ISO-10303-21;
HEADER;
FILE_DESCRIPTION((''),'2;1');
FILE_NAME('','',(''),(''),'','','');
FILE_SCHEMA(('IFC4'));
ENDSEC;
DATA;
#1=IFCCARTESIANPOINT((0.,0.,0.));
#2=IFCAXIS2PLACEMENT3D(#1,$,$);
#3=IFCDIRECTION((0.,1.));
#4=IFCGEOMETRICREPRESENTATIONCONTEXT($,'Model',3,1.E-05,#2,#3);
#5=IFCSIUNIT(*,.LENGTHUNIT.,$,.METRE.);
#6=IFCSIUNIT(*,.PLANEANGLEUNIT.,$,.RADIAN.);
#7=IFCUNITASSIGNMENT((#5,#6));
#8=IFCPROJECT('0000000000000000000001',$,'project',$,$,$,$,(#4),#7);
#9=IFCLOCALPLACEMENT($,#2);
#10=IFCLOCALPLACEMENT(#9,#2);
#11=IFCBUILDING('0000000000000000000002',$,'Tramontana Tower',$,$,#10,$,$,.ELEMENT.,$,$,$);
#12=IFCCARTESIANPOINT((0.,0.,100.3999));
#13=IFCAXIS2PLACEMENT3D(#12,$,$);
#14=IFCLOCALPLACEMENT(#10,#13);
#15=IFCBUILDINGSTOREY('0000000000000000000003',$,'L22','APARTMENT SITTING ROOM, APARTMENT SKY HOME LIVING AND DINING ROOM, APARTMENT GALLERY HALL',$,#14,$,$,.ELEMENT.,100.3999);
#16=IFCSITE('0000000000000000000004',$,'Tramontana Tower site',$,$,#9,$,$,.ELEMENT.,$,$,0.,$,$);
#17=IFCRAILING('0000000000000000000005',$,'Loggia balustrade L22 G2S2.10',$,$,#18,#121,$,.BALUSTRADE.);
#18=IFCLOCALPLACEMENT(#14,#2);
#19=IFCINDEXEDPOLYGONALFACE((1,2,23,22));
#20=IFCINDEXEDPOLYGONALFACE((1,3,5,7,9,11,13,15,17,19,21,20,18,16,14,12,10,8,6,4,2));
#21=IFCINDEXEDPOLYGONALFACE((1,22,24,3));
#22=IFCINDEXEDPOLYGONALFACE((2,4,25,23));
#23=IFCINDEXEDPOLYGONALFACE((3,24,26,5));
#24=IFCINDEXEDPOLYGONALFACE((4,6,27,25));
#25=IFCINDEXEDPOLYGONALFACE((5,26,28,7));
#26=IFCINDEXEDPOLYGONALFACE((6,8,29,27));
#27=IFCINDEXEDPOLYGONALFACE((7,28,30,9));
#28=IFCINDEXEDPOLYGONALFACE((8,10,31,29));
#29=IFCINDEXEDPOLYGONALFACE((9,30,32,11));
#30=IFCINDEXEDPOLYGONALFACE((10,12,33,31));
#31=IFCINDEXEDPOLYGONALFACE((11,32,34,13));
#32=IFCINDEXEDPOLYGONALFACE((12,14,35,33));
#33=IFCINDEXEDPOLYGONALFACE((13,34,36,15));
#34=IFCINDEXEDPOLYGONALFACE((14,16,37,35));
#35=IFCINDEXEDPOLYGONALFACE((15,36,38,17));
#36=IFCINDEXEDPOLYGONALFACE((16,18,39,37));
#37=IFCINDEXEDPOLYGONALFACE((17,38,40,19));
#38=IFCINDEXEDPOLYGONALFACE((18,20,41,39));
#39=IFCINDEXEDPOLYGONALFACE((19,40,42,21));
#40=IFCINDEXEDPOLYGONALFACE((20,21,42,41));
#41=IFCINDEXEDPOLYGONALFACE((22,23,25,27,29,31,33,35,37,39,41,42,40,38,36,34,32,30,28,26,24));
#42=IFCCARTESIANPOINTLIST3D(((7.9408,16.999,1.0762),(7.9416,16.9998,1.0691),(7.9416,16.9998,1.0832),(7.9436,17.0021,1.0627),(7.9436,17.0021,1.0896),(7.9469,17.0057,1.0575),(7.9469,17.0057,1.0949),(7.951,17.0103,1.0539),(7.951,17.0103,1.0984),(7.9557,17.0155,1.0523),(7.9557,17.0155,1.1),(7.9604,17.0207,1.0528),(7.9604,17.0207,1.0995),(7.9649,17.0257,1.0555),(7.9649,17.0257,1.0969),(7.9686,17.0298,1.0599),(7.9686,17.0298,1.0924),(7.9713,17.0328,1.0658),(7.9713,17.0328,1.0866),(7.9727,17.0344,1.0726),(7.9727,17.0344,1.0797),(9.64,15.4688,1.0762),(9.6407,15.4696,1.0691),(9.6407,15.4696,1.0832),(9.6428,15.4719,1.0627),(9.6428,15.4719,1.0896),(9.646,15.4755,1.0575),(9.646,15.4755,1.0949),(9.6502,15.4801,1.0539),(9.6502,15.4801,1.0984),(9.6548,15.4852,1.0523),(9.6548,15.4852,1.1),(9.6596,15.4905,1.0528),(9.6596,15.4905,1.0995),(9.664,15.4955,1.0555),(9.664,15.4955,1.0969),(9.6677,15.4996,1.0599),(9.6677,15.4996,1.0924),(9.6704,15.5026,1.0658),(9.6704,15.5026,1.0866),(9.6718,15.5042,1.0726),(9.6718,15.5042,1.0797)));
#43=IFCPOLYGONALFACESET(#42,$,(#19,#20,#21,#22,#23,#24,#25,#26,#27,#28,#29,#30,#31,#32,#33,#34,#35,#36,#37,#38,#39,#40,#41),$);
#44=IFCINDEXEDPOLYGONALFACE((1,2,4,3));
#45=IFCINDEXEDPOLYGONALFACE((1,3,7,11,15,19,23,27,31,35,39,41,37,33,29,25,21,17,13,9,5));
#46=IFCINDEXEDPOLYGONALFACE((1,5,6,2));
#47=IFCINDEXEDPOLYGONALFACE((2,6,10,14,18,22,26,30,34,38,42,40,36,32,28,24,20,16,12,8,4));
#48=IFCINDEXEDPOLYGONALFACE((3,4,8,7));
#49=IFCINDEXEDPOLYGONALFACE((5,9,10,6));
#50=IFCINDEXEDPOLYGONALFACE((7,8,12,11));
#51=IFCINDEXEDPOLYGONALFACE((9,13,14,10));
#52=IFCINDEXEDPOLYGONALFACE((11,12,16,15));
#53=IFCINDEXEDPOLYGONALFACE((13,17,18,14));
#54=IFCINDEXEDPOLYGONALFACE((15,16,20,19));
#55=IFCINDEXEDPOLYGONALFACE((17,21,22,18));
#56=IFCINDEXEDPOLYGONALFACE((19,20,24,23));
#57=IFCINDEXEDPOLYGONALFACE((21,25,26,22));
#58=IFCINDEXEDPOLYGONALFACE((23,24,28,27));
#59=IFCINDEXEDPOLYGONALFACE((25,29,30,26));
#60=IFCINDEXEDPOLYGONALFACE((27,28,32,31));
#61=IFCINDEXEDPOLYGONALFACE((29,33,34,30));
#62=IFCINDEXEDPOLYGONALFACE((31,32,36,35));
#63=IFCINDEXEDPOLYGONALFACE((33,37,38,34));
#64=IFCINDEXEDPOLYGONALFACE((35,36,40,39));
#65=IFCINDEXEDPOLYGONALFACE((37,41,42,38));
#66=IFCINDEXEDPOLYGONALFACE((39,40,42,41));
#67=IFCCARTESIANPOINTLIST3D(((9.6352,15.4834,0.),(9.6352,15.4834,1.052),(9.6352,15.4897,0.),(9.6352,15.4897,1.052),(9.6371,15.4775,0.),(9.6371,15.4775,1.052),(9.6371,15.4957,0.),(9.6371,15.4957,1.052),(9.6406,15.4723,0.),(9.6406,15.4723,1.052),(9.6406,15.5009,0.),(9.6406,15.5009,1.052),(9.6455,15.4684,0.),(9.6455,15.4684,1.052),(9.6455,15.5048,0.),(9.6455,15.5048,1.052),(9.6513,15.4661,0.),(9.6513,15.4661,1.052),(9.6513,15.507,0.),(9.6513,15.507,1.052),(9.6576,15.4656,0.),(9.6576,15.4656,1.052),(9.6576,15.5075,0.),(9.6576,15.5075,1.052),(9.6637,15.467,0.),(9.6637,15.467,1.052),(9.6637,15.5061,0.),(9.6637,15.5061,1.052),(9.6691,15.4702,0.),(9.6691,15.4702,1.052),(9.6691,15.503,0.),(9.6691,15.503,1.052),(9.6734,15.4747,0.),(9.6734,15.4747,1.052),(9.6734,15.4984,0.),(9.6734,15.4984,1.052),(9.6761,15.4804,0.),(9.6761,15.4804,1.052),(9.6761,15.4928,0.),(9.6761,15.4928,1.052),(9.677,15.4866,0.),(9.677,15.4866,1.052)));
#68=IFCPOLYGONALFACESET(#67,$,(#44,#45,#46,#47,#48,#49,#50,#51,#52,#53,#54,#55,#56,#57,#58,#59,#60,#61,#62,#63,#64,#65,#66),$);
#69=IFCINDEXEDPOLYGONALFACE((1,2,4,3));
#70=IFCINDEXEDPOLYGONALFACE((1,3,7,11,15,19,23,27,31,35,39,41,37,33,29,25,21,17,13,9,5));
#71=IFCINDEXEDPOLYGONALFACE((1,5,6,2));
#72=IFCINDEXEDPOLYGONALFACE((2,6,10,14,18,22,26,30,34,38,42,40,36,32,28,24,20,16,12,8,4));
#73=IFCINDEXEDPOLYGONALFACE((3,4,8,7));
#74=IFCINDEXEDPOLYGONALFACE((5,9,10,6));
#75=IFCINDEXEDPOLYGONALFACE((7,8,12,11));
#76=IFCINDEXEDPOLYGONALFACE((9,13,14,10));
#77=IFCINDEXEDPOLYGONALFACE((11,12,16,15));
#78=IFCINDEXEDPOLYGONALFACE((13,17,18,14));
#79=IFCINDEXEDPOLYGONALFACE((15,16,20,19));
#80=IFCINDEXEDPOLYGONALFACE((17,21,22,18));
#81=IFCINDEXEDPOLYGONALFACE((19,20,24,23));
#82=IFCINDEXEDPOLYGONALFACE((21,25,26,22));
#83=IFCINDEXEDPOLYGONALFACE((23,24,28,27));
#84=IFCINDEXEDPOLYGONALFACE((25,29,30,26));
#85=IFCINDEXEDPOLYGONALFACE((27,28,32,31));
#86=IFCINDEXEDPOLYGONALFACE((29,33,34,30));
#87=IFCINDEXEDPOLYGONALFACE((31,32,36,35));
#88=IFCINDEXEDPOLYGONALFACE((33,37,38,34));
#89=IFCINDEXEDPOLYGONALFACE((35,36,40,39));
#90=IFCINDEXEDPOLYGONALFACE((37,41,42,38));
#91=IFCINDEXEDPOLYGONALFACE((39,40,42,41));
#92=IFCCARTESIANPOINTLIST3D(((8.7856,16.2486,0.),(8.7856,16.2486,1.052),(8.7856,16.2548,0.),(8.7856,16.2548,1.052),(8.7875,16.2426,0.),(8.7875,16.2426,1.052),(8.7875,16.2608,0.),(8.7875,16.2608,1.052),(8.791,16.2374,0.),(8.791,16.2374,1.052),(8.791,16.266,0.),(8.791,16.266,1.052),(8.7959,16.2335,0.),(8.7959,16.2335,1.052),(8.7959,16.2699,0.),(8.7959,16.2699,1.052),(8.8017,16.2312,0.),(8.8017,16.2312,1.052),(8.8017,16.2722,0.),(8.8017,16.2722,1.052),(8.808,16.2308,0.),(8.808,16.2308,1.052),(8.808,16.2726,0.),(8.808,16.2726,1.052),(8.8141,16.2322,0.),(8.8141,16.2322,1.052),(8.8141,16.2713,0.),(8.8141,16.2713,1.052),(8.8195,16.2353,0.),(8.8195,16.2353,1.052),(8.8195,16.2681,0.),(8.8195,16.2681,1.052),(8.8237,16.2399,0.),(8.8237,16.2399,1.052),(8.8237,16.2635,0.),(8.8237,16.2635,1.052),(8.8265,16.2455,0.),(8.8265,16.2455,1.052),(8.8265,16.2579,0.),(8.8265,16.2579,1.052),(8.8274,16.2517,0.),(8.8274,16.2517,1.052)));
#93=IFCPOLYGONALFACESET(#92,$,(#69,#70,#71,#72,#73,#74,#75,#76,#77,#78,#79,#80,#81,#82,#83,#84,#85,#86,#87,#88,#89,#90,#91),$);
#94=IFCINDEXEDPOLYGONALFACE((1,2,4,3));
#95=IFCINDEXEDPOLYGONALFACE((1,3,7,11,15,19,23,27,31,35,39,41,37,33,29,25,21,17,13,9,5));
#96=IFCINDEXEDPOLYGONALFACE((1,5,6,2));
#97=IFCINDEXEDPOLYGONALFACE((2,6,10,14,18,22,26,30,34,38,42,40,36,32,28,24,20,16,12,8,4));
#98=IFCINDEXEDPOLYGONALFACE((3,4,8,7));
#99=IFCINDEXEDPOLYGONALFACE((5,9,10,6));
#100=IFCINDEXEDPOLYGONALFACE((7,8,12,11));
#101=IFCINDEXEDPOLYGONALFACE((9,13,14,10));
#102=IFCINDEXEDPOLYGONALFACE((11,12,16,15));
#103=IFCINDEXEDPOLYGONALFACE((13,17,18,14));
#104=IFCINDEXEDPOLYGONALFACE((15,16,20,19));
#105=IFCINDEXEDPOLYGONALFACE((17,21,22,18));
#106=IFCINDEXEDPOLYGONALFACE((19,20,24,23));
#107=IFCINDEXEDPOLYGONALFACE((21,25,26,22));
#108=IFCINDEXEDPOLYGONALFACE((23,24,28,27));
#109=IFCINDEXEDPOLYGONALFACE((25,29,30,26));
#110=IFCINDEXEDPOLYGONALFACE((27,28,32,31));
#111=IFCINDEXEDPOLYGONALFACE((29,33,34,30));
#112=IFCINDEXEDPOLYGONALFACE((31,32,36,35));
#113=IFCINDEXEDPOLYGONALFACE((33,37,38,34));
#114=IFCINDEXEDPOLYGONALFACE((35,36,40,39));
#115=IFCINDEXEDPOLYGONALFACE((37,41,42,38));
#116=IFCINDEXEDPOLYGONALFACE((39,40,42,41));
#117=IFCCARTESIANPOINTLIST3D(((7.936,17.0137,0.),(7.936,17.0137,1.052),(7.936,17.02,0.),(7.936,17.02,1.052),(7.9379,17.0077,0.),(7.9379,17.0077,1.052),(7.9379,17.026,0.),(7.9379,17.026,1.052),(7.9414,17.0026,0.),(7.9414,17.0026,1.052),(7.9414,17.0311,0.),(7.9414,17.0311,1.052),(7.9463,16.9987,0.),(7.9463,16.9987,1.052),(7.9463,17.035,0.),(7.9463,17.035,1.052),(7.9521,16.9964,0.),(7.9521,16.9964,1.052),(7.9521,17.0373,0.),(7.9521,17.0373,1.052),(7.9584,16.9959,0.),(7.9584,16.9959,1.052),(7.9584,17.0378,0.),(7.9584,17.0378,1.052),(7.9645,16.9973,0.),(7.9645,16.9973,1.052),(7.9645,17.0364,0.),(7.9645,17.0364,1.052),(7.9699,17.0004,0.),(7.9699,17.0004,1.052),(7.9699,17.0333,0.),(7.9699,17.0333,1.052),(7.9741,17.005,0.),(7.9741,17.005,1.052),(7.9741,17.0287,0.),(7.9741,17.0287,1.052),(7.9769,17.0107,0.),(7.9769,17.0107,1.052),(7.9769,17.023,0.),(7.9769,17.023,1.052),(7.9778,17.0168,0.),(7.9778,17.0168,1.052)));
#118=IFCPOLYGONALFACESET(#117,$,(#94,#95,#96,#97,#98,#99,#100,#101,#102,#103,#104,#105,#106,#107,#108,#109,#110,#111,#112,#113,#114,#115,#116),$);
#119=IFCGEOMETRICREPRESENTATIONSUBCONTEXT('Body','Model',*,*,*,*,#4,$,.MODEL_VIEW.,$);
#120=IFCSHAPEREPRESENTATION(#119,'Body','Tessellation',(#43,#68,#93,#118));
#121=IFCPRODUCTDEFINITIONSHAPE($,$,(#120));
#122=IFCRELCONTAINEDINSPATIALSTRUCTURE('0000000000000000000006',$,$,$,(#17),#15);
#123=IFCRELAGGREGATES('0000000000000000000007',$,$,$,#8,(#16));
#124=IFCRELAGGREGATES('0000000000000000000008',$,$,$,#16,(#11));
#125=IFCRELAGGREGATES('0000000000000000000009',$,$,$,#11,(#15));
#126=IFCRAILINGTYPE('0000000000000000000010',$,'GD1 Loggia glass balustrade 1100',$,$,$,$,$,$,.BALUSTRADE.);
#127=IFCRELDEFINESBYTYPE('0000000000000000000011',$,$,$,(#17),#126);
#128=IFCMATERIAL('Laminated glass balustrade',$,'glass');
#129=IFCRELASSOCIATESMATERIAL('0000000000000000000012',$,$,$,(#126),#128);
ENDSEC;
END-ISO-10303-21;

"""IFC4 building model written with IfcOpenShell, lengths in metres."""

from ifc_helpers import new_model, si_unit, direction, frame, origin, origin_2d, place, context, subcontext, project, spatial, circle, extrude, material, type_object, element, save


model = new_model("IFC4")

# Units and contexts
model_context = context("Model", 3, precision=1e-05, world=origin(), true_north=direction((0.0, 1.0)))
body_context = subcontext(model_context, "Body", "Model", "MODEL_VIEW")
ifc_project = project(units=[si_unit("LENGTHUNIT", "METRE"), si_unit("PLANEANGLEUNIT", "RADIAN")], contexts=[model_context])

# Site, building, storey
site_placement = place(None, origin())
site = spatial("IfcSite", under=ifc_project, at=site_placement, Name="Tramontana Tower site", CompositionType="ELEMENT", RefElevation=0.0)
building_placement = place(site_placement, origin())
building = spatial("IfcBuilding", under=site, at=building_placement, Name="Tramontana Tower", CompositionType="ELEMENT")
storey_placement = place(building_placement, frame((0.0, 0.0, 100.3999)))
storey = spatial("IfcBuildingStorey", under=building, at=storey_placement, Name="L22", Description="APARTMENT SITTING ROOM, APARTMENT SKY HOME LIVING AND DINING ROOM, APARTMENT GALLERY HALL", CompositionType="ELEMENT", Elevation=100.3999)

# Railing
ifc_material_1 = material(Name="Laminated glass balustrade", Category="glass")
railing_type = type_object("IfcRailingType", Name="GD1 Loggia glass balustrade 1100", PredefinedType="BALUSTRADE", material=ifc_material_1)
railing_placement = place(storey_placement, frame((9.656, 15.4866, 0.0)))
element("IfcRailing", 1, at=railing_placement, inside=storey, type_object=railing_type, Name="Loggia balustrade L22 G2S2.10", PredefinedType="BALUSTRADE", context=body_context, shape_type="SweptSolid", body=[
    extrude(circle(Radius=0.0239, at=origin_2d()), frame((0.0, 0.0, 1.0762), z_axis=(-0.743082, 0.669201, 0.0), x_axis=(-0.669201, -0.743082, 0.0)), (0.0, 0.0, 1.0), 2.2866),
    extrude(circle(Radius=0.021, at=origin_2d()), origin(), (0.0, 0.0, 1.0), 1.052),
    extrude(circle(Radius=0.021, at=origin_2d()), frame((-0.8496, 0.7651, 0.0)), (0.0, 0.0, 1.0), 1.052),
    extrude(circle(Radius=0.021, at=origin_2d()), frame((-1.6992, 1.5303, 0.0)), (0.0, 0.0, 1.0), 1.052),
])

save(model, "model.ifc")
